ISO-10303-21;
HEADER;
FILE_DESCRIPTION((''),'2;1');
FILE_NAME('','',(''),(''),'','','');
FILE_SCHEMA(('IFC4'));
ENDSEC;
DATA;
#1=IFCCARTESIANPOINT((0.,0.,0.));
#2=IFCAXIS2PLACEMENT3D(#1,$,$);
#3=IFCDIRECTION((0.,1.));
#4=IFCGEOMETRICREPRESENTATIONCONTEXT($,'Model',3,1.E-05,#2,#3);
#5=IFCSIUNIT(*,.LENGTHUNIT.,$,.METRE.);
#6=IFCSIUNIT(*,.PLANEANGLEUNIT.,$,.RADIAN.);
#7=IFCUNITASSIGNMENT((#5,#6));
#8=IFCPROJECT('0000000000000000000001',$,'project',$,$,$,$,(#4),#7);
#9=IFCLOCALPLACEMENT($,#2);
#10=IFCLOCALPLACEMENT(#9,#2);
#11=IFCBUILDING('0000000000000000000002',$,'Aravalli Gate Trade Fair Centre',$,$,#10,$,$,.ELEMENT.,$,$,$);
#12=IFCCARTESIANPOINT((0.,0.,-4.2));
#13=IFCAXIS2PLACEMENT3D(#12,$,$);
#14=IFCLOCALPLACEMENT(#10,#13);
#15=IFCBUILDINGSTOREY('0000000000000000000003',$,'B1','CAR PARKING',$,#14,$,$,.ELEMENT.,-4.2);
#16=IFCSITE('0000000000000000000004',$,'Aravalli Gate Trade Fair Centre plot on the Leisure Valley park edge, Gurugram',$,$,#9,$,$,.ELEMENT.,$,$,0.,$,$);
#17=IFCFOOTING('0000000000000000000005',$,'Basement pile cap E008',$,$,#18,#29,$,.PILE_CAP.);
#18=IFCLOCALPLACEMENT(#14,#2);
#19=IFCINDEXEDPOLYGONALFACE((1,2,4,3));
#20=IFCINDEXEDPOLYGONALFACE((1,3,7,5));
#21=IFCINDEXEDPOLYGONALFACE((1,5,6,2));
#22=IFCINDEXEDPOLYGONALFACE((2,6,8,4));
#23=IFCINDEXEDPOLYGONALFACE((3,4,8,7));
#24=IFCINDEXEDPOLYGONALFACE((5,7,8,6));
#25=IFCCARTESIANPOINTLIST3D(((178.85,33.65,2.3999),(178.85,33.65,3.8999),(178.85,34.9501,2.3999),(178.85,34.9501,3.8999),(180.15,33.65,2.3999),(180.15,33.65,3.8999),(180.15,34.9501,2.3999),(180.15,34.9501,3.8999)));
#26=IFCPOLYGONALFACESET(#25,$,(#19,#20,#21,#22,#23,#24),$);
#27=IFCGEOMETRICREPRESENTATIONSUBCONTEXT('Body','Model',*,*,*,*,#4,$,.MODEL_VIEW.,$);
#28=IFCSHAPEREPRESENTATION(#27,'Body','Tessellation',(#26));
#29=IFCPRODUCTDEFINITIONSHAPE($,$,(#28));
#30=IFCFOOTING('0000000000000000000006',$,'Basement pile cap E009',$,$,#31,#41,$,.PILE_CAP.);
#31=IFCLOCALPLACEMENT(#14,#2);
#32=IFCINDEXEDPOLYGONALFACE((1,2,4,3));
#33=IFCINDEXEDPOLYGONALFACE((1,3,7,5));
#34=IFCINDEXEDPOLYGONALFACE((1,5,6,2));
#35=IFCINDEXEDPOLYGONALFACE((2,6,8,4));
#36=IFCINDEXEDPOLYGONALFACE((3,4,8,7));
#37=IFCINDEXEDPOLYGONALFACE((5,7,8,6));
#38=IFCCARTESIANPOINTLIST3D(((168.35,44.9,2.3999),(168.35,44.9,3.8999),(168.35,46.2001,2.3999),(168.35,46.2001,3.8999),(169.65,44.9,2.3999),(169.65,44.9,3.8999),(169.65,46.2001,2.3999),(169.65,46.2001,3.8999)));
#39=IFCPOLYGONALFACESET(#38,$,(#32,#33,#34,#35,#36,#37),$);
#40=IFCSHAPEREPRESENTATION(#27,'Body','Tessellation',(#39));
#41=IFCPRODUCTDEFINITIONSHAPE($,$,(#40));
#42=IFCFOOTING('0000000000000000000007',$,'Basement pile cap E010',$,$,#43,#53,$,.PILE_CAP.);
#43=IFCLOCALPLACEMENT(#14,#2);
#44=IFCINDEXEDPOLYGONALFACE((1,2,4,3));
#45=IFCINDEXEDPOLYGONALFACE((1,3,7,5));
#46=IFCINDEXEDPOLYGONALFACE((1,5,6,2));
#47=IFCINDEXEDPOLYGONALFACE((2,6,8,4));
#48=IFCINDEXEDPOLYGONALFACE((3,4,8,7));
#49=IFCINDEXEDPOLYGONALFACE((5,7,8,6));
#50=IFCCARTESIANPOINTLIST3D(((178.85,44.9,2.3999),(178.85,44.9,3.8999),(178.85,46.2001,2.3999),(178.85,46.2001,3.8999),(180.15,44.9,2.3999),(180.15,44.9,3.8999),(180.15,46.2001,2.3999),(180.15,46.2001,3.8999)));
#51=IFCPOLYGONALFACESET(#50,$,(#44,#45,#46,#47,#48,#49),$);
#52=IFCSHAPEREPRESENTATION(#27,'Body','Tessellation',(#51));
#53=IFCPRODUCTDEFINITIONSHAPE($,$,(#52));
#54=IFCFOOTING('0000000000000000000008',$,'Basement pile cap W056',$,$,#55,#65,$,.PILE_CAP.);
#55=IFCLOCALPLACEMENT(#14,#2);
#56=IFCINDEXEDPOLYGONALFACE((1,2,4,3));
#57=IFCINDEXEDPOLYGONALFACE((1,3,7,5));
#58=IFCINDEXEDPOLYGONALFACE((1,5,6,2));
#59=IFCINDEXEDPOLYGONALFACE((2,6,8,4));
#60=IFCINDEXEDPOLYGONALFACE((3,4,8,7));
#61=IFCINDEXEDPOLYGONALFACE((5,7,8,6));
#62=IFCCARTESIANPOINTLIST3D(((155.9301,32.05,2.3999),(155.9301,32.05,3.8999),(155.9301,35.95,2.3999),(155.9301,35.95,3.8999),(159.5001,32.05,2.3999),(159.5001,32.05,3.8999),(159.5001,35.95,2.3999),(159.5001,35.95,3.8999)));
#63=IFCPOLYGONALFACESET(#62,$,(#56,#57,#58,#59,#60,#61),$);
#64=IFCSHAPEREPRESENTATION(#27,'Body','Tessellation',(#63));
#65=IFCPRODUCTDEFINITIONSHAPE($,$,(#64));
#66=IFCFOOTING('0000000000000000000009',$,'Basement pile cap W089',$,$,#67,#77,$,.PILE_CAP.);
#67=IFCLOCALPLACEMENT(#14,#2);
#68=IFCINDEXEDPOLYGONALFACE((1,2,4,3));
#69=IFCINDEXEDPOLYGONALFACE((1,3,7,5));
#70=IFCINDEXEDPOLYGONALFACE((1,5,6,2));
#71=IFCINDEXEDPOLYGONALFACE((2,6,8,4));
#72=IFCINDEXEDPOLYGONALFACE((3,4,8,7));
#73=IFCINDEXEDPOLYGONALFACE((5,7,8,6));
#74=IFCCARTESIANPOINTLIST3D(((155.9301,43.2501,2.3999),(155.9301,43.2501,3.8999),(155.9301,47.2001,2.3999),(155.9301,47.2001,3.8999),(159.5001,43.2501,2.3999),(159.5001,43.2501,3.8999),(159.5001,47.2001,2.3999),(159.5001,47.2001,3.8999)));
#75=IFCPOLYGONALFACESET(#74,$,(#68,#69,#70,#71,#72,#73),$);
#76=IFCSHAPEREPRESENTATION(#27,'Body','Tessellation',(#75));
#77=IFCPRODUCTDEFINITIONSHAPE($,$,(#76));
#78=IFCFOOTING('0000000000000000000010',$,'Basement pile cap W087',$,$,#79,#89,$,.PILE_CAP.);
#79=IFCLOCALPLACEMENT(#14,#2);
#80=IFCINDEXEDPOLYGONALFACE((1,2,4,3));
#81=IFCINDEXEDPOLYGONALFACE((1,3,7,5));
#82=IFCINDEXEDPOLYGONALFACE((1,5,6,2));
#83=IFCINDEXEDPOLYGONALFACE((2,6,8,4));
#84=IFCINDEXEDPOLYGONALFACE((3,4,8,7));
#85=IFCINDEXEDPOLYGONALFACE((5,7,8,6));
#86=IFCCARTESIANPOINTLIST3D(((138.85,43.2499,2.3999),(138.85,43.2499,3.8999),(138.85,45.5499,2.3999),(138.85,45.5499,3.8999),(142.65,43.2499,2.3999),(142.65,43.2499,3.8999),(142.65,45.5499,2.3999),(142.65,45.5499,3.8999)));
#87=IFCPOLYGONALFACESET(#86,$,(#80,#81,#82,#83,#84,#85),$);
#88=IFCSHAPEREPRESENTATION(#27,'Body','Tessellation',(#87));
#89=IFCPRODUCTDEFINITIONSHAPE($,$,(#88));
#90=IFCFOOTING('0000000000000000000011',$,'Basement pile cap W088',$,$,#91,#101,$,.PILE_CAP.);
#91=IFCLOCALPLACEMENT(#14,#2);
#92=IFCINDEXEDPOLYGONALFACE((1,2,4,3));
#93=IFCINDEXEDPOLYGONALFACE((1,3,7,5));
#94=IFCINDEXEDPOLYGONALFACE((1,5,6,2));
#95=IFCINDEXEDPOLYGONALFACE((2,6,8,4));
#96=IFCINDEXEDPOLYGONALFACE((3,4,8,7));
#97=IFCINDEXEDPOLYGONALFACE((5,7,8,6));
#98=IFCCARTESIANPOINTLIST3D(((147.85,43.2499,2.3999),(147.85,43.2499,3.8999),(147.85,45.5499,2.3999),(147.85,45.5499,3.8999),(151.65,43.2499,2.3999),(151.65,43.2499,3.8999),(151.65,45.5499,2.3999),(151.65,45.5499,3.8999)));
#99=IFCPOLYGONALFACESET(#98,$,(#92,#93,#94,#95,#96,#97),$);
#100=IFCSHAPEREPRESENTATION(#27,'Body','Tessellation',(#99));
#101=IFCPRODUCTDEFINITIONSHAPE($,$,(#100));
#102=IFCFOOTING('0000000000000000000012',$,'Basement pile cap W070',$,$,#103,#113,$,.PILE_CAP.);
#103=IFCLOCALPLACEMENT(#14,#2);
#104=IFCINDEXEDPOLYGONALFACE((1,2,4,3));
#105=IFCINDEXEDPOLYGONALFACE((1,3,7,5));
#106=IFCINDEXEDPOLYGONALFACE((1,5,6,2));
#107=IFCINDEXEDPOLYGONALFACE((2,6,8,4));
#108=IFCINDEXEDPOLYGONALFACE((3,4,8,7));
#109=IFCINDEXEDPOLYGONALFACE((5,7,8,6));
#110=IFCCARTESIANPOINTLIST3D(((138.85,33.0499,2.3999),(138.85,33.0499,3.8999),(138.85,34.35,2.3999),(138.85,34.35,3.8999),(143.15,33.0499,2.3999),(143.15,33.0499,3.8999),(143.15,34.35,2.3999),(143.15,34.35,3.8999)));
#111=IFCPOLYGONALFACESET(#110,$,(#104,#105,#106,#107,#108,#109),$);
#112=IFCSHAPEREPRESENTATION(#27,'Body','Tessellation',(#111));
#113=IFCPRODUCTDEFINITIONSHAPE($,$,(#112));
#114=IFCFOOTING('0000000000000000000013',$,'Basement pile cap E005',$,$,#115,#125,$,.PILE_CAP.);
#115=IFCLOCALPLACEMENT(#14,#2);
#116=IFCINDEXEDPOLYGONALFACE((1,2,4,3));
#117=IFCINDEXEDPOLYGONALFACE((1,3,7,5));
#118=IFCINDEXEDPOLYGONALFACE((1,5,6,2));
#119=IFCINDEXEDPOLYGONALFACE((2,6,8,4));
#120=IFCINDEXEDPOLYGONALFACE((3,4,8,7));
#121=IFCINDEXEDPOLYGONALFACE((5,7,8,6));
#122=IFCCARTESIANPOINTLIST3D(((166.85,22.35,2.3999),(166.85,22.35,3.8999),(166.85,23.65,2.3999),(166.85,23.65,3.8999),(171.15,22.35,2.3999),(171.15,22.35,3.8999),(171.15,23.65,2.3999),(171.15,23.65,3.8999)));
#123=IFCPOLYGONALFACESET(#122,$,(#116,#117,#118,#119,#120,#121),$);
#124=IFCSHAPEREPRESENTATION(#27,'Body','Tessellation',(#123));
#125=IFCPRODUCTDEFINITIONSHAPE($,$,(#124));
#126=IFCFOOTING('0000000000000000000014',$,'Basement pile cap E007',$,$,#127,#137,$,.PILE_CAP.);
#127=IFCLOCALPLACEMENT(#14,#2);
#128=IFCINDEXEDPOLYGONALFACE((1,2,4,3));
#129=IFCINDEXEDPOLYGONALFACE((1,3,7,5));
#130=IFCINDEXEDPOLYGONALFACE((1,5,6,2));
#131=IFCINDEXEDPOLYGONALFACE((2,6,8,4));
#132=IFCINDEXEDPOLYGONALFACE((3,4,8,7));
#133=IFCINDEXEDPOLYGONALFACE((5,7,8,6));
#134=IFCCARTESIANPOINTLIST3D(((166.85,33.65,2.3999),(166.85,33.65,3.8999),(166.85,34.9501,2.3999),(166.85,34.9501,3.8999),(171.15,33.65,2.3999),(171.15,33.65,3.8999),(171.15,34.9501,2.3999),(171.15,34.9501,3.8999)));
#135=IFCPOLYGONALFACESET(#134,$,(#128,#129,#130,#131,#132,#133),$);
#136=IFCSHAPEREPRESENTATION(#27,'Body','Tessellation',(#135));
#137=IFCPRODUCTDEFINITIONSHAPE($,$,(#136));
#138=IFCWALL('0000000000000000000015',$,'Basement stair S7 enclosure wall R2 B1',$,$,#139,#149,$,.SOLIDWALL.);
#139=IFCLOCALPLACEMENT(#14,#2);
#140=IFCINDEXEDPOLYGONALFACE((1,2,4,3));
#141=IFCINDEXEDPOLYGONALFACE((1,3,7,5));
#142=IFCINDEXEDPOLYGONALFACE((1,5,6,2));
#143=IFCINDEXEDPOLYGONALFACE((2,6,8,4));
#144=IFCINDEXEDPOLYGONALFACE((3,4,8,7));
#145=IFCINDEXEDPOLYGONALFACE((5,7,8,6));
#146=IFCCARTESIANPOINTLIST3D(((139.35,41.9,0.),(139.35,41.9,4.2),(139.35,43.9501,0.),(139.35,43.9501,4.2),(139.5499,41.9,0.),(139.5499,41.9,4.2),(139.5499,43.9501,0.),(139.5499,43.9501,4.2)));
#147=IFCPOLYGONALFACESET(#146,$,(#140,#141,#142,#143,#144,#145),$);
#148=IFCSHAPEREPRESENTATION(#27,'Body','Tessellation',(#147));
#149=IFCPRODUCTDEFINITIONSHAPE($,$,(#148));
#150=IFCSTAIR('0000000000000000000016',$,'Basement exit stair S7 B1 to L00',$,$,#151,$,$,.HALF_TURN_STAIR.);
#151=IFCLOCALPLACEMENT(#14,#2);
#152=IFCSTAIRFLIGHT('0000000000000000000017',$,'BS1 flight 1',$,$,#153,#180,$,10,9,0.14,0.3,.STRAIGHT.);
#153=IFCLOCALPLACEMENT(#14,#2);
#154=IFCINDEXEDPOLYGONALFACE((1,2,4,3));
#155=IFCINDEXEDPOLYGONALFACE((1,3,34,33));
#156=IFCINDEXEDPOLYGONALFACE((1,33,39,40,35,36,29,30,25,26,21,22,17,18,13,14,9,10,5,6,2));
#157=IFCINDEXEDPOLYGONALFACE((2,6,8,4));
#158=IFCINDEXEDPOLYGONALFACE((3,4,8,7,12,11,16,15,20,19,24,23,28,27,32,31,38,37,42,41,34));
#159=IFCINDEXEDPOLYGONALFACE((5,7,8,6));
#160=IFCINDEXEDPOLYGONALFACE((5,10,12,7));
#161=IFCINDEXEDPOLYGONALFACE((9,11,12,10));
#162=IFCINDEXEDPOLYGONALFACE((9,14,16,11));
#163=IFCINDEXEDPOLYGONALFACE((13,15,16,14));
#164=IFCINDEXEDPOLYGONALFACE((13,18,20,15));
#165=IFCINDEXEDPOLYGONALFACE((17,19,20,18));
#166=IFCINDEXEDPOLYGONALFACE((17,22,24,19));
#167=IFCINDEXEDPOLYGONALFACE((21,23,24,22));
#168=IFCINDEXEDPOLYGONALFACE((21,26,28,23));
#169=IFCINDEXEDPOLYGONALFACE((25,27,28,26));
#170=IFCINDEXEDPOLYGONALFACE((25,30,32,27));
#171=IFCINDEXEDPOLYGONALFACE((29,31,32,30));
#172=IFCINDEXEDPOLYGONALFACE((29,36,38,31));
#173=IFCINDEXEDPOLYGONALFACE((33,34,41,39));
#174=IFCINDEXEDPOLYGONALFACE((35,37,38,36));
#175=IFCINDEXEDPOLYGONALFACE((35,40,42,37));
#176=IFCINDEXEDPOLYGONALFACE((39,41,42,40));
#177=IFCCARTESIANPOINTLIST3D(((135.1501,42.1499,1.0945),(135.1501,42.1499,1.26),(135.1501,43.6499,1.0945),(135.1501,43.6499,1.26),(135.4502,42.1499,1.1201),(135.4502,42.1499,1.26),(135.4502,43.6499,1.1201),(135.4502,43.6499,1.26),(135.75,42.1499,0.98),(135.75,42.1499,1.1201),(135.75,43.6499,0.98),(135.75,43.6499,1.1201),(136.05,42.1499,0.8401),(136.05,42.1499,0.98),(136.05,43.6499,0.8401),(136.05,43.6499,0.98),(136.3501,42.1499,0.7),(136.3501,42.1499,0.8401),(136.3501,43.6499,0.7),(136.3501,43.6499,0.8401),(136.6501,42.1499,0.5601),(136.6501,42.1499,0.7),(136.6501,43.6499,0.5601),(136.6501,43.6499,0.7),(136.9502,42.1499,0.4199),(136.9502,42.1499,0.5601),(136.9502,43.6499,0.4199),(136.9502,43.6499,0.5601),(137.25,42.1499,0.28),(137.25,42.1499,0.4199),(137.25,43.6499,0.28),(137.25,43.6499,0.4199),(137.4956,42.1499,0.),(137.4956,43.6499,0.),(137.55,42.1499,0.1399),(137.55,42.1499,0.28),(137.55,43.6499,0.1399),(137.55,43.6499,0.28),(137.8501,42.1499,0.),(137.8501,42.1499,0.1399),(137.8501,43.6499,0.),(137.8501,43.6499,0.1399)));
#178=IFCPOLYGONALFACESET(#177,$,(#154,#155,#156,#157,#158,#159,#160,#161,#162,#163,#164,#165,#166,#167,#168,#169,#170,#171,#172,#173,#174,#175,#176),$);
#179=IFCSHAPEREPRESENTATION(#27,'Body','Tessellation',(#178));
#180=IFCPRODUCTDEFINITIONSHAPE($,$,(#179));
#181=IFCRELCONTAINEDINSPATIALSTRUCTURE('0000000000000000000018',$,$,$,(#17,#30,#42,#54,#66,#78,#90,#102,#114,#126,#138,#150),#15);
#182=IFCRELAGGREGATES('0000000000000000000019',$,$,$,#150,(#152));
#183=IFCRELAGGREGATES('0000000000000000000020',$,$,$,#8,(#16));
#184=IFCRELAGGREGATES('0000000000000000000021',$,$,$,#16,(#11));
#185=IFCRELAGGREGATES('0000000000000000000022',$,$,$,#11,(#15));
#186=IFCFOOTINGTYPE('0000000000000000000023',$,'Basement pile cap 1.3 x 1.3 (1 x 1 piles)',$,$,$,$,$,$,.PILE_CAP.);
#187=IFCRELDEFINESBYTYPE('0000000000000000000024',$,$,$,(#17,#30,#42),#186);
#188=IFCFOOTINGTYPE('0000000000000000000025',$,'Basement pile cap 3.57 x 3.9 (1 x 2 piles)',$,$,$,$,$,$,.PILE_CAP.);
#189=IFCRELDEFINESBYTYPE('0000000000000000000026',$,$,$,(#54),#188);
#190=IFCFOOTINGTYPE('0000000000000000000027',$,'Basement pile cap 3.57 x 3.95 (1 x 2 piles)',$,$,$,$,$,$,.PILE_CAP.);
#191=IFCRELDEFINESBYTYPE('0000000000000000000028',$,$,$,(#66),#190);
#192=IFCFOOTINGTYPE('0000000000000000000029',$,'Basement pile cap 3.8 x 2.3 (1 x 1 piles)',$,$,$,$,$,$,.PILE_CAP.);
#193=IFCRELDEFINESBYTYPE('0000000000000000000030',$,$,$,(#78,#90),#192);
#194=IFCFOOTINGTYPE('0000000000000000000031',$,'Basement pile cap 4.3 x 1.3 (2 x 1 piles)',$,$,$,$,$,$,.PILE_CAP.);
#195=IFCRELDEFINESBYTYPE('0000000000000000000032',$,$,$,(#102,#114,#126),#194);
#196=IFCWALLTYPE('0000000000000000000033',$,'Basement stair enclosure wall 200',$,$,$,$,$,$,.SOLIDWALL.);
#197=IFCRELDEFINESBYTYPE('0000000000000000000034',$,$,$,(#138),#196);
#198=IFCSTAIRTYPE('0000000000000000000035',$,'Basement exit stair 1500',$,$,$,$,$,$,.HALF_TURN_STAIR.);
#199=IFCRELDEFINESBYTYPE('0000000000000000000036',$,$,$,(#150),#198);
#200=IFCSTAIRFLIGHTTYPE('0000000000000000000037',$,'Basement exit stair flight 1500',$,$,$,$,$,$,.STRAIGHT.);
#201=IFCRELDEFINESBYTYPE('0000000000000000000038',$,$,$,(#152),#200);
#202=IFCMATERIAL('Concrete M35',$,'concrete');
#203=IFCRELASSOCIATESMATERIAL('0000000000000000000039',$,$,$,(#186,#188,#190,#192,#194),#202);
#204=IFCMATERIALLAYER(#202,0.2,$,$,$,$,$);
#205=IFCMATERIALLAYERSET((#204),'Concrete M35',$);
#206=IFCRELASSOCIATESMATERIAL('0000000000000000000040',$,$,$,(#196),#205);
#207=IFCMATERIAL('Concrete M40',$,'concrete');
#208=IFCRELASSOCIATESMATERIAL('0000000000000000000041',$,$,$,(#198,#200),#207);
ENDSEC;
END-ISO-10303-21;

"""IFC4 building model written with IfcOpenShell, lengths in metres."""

from ifc_helpers import new_model, si_unit, direction, frame, frame_2d, origin, origin_2d, place, context, subcontext, project, spatial, polyline, rectangle, outline, extrude, material, layer, layer_set, type_object, element, aggregate, save


model = new_model("IFC4")

# Units and contexts
model_context = context("Model", 3, precision=1e-05, world=origin(), true_north=direction((0.0, 1.0)))
body_context = subcontext(model_context, "Body", "Model", "MODEL_VIEW")
ifc_project = project(units=[si_unit("LENGTHUNIT", "METRE"), si_unit("PLANEANGLEUNIT", "RADIAN")], contexts=[model_context])

# Site, building, storey
site_placement = place(None, origin())
site = spatial("IfcSite", under=ifc_project, at=site_placement, Name="Aravalli Gate Trade Fair Centre plot on the Leisure Valley park edge, Gurugram", CompositionType="ELEMENT", RefElevation=0.0)
building_placement = place(site_placement, origin())
building = spatial("IfcBuilding", under=site, at=building_placement, Name="Aravalli Gate Trade Fair Centre", CompositionType="ELEMENT")
storey_placement = place(building_placement, frame((0.0, 0.0, -4.2)))
storey = spatial("IfcBuildingStorey", under=building, at=storey_placement, Name="B1", Description="CAR PARKING", CompositionType="ELEMENT", Elevation=-4.2)

# Shared definitions
ifc_material_1 = material(Name="Concrete M35", Category="concrete")

# Footings
footing_type_1 = type_object("IfcFootingType", Name="Basement pile cap 1.3 x 1.3 (1 x 1 piles)", PredefinedType="PILE_CAP", material=ifc_material_1)
for number, where, z_axis, x_axis, name in (
    (1, (179.5, 34.3, 2.3999), (0.0, 0.0, 1.0), (1.0, 0.0, 0.0), "Basement pile cap E008"),
    (2, (169.0, 45.55, 2.3999), (0.0, 0.0, 1.0), (1.0, 0.0, 0.0), "Basement pile cap E009"),
    (3, (179.5, 45.55, 2.3999), (0.0, 0.0, 1.0), (1.0, 0.0, 0.0), "Basement pile cap E010"),
):
    element("IfcFooting", number, at=place(storey_placement, frame(where, z_axis=z_axis, x_axis=x_axis)), inside=storey, type_object=footing_type_1, Name=name, PredefinedType="PILE_CAP", context=body_context, shape_type="SweptSolid", body=[
        extrude(rectangle(XDim=1.3, YDim=1.3, at=origin_2d()), origin(), (0.0, 0.0, 1.0), 1.5),
    ])
footing_type_2 = type_object("IfcFootingType", Name="Basement pile cap 3.57 x 3.9 (1 x 2 piles)", PredefinedType="PILE_CAP", material=ifc_material_1)
footing_1_placement = place(storey_placement, frame((157.7151, 34.0, 2.3999), z_axis=(0.0, 0.0, 1.0), x_axis=(1.0, 0.0, 0.0)))
element("IfcFooting", 4, at=footing_1_placement, inside=storey, type_object=footing_type_2, Name="Basement pile cap W056", PredefinedType="PILE_CAP", context=body_context, shape_type="SweptSolid", body=[
    extrude(rectangle(XDim=3.5701, YDim=3.8999, at=origin_2d()), origin(), (0.0, 0.0, 1.0), 1.5),
])
footing_type_3 = type_object("IfcFootingType", Name="Basement pile cap 3.57 x 3.95 (1 x 2 piles)", PredefinedType="PILE_CAP", material=ifc_material_1)
footing_2_placement = place(storey_placement, frame((157.7151, 45.2251, 2.3999), z_axis=(0.0, 0.0, 1.0), x_axis=(1.0, 0.0, 0.0)))
element("IfcFooting", 5, at=footing_2_placement, inside=storey, type_object=footing_type_3, Name="Basement pile cap W089", PredefinedType="PILE_CAP", context=body_context, shape_type="SweptSolid", body=[
    extrude(rectangle(XDim=3.5701, YDim=3.95, at=origin_2d()), origin(), (0.0, 0.0, 1.0), 1.5),
])
footing_type_4 = type_object("IfcFootingType", Name="Basement pile cap 3.8 x 2.3 (1 x 1 piles)", PredefinedType="PILE_CAP", material=ifc_material_1)
for number, where, z_axis, x_axis, name in (
    (6, (140.75, 44.3999, 2.3999), (0.0, 0.0, 1.0), (1.0, 0.0, 0.0), "Basement pile cap W087"),
    (7, (149.75, 44.3999, 2.3999), (0.0, 0.0, 1.0), (1.0, 0.0, 0.0), "Basement pile cap W088"),
):
    element("IfcFooting", number, at=place(storey_placement, frame(where, z_axis=z_axis, x_axis=x_axis)), inside=storey, type_object=footing_type_4, Name=name, PredefinedType="PILE_CAP", context=body_context, shape_type="SweptSolid", body=[
        extrude(rectangle(XDim=3.8, YDim=2.3, at=origin_2d()), origin(), (0.0, 0.0, 1.0), 1.5),
    ])
footing_type_5 = type_object("IfcFootingType", Name="Basement pile cap 4.3 x 1.3 (2 x 1 piles)", PredefinedType="PILE_CAP", material=ifc_material_1)
for number, where, z_axis, x_axis, name in (
    (8, (141.0, 33.7, 2.3999), (0.0, 0.0, 1.0), (1.0, 0.0, 0.0), "Basement pile cap W070"),
    (9, (169.0, 23.0, 2.3999), (0.0, 0.0, 1.0), (1.0, 0.0, 0.0), "Basement pile cap E005"),
    (10, (169.0, 34.3, 2.3999), (0.0, 0.0, 1.0), (1.0, 0.0, 0.0), "Basement pile cap E007"),
):
    element("IfcFooting", number, at=place(storey_placement, frame(where, z_axis=z_axis, x_axis=x_axis)), inside=storey, type_object=footing_type_5, Name=name, PredefinedType="PILE_CAP", context=body_context, shape_type="SweptSolid", body=[
        extrude(rectangle(XDim=4.3, YDim=1.3, at=origin_2d()), origin(), (0.0, 0.0, 1.0), 1.5),
    ])

# Wall
ifc_layer = layer(ifc_material_1, 0.2)
ifc_layer_set = layer_set([ifc_layer], Name="Concrete M35")
wall_type = type_object("IfcWallType", Name="Basement stair enclosure wall 200", PredefinedType="SOLIDWALL", material=ifc_layer_set)
wall_placement = place(storey_placement, frame((139.45, 43.95, 0.0), z_axis=(0.0, 0.0, 1.0), x_axis=(0.0, -1.0, 0.0)))
element("IfcWall", 11, at=wall_placement, inside=storey, type_object=wall_type, Name="Basement stair S7 enclosure wall R2 B1", PredefinedType="SOLIDWALL", context=body_context, shape_type="SweptSolid", body=[
    extrude(rectangle(XDim=2.05, YDim=0.2, at=frame_2d((1.0249, 0.0))), origin(), (0.0, 0.0, 1.0), 4.2),
])

# Stair, stair flight
ifc_material_2 = material(Name="Concrete M40", Category="concrete")
stair_type = type_object("IfcStairType", Name="Basement exit stair 1500", PredefinedType="HALF_TURN_STAIR", material=ifc_material_2)
stair_placement = place(storey_placement, origin())
stair = element("IfcStair", 12, at=stair_placement, inside=storey, type_object=stair_type, Name="Basement exit stair S7 B1 to L00", PredefinedType="HALF_TURN_STAIR")
stair_flight_type = type_object("IfcStairFlightType", Name="Basement exit stair flight 1500", PredefinedType="STRAIGHT", material=ifc_material_2)
stair_flight_1_placement = place(storey_placement, frame((137.8501, 42.8999, 0.0), z_axis=(0.0, 0.0, 1.0), x_axis=(-1.0, 0.0, 0.0)))
stair_flight_1 = element("IfcStairFlight", 13, at=stair_flight_1_placement, type_object=stair_flight_type, Name="BS1 flight 1", NumberOfRisers=10, NumberOfTreads=9, PredefinedType="STRAIGHT", RiserHeight=0.14, TreadLength=0.3, context=body_context, shape_type="SweptSolid", body=[
    extrude(outline(polyline([(0.0, 0.0), (0.0, 0.1399), (0.3, 0.1399), (0.3, 0.28), (0.6001, 0.28), (0.6001, 0.4199), (0.8999, 0.4199), (0.8999, 0.5601), (1.2, 0.5601), (1.2, 0.7), (1.5, 0.7), (1.5, 0.8401), (1.8, 0.8401), (1.8, 0.98), (2.1001, 0.98), (2.1001, 1.1201), (2.3999, 1.1201), (2.3999, 1.26), (2.7, 1.26), (2.7, 1.3999), (2.7, 1.0945), (0.3545, 0.0), (0.0, 0.0)])), frame((0.0, 0.75, 0.0), z_axis=(0.0, -1.0, 0.0), x_axis=(1.0, 0.0, 0.0)), (0.0, 0.0, 1.0), 1.5),
])
aggregate(stair, [stair_flight_1])

save(model, "model.ifc")
